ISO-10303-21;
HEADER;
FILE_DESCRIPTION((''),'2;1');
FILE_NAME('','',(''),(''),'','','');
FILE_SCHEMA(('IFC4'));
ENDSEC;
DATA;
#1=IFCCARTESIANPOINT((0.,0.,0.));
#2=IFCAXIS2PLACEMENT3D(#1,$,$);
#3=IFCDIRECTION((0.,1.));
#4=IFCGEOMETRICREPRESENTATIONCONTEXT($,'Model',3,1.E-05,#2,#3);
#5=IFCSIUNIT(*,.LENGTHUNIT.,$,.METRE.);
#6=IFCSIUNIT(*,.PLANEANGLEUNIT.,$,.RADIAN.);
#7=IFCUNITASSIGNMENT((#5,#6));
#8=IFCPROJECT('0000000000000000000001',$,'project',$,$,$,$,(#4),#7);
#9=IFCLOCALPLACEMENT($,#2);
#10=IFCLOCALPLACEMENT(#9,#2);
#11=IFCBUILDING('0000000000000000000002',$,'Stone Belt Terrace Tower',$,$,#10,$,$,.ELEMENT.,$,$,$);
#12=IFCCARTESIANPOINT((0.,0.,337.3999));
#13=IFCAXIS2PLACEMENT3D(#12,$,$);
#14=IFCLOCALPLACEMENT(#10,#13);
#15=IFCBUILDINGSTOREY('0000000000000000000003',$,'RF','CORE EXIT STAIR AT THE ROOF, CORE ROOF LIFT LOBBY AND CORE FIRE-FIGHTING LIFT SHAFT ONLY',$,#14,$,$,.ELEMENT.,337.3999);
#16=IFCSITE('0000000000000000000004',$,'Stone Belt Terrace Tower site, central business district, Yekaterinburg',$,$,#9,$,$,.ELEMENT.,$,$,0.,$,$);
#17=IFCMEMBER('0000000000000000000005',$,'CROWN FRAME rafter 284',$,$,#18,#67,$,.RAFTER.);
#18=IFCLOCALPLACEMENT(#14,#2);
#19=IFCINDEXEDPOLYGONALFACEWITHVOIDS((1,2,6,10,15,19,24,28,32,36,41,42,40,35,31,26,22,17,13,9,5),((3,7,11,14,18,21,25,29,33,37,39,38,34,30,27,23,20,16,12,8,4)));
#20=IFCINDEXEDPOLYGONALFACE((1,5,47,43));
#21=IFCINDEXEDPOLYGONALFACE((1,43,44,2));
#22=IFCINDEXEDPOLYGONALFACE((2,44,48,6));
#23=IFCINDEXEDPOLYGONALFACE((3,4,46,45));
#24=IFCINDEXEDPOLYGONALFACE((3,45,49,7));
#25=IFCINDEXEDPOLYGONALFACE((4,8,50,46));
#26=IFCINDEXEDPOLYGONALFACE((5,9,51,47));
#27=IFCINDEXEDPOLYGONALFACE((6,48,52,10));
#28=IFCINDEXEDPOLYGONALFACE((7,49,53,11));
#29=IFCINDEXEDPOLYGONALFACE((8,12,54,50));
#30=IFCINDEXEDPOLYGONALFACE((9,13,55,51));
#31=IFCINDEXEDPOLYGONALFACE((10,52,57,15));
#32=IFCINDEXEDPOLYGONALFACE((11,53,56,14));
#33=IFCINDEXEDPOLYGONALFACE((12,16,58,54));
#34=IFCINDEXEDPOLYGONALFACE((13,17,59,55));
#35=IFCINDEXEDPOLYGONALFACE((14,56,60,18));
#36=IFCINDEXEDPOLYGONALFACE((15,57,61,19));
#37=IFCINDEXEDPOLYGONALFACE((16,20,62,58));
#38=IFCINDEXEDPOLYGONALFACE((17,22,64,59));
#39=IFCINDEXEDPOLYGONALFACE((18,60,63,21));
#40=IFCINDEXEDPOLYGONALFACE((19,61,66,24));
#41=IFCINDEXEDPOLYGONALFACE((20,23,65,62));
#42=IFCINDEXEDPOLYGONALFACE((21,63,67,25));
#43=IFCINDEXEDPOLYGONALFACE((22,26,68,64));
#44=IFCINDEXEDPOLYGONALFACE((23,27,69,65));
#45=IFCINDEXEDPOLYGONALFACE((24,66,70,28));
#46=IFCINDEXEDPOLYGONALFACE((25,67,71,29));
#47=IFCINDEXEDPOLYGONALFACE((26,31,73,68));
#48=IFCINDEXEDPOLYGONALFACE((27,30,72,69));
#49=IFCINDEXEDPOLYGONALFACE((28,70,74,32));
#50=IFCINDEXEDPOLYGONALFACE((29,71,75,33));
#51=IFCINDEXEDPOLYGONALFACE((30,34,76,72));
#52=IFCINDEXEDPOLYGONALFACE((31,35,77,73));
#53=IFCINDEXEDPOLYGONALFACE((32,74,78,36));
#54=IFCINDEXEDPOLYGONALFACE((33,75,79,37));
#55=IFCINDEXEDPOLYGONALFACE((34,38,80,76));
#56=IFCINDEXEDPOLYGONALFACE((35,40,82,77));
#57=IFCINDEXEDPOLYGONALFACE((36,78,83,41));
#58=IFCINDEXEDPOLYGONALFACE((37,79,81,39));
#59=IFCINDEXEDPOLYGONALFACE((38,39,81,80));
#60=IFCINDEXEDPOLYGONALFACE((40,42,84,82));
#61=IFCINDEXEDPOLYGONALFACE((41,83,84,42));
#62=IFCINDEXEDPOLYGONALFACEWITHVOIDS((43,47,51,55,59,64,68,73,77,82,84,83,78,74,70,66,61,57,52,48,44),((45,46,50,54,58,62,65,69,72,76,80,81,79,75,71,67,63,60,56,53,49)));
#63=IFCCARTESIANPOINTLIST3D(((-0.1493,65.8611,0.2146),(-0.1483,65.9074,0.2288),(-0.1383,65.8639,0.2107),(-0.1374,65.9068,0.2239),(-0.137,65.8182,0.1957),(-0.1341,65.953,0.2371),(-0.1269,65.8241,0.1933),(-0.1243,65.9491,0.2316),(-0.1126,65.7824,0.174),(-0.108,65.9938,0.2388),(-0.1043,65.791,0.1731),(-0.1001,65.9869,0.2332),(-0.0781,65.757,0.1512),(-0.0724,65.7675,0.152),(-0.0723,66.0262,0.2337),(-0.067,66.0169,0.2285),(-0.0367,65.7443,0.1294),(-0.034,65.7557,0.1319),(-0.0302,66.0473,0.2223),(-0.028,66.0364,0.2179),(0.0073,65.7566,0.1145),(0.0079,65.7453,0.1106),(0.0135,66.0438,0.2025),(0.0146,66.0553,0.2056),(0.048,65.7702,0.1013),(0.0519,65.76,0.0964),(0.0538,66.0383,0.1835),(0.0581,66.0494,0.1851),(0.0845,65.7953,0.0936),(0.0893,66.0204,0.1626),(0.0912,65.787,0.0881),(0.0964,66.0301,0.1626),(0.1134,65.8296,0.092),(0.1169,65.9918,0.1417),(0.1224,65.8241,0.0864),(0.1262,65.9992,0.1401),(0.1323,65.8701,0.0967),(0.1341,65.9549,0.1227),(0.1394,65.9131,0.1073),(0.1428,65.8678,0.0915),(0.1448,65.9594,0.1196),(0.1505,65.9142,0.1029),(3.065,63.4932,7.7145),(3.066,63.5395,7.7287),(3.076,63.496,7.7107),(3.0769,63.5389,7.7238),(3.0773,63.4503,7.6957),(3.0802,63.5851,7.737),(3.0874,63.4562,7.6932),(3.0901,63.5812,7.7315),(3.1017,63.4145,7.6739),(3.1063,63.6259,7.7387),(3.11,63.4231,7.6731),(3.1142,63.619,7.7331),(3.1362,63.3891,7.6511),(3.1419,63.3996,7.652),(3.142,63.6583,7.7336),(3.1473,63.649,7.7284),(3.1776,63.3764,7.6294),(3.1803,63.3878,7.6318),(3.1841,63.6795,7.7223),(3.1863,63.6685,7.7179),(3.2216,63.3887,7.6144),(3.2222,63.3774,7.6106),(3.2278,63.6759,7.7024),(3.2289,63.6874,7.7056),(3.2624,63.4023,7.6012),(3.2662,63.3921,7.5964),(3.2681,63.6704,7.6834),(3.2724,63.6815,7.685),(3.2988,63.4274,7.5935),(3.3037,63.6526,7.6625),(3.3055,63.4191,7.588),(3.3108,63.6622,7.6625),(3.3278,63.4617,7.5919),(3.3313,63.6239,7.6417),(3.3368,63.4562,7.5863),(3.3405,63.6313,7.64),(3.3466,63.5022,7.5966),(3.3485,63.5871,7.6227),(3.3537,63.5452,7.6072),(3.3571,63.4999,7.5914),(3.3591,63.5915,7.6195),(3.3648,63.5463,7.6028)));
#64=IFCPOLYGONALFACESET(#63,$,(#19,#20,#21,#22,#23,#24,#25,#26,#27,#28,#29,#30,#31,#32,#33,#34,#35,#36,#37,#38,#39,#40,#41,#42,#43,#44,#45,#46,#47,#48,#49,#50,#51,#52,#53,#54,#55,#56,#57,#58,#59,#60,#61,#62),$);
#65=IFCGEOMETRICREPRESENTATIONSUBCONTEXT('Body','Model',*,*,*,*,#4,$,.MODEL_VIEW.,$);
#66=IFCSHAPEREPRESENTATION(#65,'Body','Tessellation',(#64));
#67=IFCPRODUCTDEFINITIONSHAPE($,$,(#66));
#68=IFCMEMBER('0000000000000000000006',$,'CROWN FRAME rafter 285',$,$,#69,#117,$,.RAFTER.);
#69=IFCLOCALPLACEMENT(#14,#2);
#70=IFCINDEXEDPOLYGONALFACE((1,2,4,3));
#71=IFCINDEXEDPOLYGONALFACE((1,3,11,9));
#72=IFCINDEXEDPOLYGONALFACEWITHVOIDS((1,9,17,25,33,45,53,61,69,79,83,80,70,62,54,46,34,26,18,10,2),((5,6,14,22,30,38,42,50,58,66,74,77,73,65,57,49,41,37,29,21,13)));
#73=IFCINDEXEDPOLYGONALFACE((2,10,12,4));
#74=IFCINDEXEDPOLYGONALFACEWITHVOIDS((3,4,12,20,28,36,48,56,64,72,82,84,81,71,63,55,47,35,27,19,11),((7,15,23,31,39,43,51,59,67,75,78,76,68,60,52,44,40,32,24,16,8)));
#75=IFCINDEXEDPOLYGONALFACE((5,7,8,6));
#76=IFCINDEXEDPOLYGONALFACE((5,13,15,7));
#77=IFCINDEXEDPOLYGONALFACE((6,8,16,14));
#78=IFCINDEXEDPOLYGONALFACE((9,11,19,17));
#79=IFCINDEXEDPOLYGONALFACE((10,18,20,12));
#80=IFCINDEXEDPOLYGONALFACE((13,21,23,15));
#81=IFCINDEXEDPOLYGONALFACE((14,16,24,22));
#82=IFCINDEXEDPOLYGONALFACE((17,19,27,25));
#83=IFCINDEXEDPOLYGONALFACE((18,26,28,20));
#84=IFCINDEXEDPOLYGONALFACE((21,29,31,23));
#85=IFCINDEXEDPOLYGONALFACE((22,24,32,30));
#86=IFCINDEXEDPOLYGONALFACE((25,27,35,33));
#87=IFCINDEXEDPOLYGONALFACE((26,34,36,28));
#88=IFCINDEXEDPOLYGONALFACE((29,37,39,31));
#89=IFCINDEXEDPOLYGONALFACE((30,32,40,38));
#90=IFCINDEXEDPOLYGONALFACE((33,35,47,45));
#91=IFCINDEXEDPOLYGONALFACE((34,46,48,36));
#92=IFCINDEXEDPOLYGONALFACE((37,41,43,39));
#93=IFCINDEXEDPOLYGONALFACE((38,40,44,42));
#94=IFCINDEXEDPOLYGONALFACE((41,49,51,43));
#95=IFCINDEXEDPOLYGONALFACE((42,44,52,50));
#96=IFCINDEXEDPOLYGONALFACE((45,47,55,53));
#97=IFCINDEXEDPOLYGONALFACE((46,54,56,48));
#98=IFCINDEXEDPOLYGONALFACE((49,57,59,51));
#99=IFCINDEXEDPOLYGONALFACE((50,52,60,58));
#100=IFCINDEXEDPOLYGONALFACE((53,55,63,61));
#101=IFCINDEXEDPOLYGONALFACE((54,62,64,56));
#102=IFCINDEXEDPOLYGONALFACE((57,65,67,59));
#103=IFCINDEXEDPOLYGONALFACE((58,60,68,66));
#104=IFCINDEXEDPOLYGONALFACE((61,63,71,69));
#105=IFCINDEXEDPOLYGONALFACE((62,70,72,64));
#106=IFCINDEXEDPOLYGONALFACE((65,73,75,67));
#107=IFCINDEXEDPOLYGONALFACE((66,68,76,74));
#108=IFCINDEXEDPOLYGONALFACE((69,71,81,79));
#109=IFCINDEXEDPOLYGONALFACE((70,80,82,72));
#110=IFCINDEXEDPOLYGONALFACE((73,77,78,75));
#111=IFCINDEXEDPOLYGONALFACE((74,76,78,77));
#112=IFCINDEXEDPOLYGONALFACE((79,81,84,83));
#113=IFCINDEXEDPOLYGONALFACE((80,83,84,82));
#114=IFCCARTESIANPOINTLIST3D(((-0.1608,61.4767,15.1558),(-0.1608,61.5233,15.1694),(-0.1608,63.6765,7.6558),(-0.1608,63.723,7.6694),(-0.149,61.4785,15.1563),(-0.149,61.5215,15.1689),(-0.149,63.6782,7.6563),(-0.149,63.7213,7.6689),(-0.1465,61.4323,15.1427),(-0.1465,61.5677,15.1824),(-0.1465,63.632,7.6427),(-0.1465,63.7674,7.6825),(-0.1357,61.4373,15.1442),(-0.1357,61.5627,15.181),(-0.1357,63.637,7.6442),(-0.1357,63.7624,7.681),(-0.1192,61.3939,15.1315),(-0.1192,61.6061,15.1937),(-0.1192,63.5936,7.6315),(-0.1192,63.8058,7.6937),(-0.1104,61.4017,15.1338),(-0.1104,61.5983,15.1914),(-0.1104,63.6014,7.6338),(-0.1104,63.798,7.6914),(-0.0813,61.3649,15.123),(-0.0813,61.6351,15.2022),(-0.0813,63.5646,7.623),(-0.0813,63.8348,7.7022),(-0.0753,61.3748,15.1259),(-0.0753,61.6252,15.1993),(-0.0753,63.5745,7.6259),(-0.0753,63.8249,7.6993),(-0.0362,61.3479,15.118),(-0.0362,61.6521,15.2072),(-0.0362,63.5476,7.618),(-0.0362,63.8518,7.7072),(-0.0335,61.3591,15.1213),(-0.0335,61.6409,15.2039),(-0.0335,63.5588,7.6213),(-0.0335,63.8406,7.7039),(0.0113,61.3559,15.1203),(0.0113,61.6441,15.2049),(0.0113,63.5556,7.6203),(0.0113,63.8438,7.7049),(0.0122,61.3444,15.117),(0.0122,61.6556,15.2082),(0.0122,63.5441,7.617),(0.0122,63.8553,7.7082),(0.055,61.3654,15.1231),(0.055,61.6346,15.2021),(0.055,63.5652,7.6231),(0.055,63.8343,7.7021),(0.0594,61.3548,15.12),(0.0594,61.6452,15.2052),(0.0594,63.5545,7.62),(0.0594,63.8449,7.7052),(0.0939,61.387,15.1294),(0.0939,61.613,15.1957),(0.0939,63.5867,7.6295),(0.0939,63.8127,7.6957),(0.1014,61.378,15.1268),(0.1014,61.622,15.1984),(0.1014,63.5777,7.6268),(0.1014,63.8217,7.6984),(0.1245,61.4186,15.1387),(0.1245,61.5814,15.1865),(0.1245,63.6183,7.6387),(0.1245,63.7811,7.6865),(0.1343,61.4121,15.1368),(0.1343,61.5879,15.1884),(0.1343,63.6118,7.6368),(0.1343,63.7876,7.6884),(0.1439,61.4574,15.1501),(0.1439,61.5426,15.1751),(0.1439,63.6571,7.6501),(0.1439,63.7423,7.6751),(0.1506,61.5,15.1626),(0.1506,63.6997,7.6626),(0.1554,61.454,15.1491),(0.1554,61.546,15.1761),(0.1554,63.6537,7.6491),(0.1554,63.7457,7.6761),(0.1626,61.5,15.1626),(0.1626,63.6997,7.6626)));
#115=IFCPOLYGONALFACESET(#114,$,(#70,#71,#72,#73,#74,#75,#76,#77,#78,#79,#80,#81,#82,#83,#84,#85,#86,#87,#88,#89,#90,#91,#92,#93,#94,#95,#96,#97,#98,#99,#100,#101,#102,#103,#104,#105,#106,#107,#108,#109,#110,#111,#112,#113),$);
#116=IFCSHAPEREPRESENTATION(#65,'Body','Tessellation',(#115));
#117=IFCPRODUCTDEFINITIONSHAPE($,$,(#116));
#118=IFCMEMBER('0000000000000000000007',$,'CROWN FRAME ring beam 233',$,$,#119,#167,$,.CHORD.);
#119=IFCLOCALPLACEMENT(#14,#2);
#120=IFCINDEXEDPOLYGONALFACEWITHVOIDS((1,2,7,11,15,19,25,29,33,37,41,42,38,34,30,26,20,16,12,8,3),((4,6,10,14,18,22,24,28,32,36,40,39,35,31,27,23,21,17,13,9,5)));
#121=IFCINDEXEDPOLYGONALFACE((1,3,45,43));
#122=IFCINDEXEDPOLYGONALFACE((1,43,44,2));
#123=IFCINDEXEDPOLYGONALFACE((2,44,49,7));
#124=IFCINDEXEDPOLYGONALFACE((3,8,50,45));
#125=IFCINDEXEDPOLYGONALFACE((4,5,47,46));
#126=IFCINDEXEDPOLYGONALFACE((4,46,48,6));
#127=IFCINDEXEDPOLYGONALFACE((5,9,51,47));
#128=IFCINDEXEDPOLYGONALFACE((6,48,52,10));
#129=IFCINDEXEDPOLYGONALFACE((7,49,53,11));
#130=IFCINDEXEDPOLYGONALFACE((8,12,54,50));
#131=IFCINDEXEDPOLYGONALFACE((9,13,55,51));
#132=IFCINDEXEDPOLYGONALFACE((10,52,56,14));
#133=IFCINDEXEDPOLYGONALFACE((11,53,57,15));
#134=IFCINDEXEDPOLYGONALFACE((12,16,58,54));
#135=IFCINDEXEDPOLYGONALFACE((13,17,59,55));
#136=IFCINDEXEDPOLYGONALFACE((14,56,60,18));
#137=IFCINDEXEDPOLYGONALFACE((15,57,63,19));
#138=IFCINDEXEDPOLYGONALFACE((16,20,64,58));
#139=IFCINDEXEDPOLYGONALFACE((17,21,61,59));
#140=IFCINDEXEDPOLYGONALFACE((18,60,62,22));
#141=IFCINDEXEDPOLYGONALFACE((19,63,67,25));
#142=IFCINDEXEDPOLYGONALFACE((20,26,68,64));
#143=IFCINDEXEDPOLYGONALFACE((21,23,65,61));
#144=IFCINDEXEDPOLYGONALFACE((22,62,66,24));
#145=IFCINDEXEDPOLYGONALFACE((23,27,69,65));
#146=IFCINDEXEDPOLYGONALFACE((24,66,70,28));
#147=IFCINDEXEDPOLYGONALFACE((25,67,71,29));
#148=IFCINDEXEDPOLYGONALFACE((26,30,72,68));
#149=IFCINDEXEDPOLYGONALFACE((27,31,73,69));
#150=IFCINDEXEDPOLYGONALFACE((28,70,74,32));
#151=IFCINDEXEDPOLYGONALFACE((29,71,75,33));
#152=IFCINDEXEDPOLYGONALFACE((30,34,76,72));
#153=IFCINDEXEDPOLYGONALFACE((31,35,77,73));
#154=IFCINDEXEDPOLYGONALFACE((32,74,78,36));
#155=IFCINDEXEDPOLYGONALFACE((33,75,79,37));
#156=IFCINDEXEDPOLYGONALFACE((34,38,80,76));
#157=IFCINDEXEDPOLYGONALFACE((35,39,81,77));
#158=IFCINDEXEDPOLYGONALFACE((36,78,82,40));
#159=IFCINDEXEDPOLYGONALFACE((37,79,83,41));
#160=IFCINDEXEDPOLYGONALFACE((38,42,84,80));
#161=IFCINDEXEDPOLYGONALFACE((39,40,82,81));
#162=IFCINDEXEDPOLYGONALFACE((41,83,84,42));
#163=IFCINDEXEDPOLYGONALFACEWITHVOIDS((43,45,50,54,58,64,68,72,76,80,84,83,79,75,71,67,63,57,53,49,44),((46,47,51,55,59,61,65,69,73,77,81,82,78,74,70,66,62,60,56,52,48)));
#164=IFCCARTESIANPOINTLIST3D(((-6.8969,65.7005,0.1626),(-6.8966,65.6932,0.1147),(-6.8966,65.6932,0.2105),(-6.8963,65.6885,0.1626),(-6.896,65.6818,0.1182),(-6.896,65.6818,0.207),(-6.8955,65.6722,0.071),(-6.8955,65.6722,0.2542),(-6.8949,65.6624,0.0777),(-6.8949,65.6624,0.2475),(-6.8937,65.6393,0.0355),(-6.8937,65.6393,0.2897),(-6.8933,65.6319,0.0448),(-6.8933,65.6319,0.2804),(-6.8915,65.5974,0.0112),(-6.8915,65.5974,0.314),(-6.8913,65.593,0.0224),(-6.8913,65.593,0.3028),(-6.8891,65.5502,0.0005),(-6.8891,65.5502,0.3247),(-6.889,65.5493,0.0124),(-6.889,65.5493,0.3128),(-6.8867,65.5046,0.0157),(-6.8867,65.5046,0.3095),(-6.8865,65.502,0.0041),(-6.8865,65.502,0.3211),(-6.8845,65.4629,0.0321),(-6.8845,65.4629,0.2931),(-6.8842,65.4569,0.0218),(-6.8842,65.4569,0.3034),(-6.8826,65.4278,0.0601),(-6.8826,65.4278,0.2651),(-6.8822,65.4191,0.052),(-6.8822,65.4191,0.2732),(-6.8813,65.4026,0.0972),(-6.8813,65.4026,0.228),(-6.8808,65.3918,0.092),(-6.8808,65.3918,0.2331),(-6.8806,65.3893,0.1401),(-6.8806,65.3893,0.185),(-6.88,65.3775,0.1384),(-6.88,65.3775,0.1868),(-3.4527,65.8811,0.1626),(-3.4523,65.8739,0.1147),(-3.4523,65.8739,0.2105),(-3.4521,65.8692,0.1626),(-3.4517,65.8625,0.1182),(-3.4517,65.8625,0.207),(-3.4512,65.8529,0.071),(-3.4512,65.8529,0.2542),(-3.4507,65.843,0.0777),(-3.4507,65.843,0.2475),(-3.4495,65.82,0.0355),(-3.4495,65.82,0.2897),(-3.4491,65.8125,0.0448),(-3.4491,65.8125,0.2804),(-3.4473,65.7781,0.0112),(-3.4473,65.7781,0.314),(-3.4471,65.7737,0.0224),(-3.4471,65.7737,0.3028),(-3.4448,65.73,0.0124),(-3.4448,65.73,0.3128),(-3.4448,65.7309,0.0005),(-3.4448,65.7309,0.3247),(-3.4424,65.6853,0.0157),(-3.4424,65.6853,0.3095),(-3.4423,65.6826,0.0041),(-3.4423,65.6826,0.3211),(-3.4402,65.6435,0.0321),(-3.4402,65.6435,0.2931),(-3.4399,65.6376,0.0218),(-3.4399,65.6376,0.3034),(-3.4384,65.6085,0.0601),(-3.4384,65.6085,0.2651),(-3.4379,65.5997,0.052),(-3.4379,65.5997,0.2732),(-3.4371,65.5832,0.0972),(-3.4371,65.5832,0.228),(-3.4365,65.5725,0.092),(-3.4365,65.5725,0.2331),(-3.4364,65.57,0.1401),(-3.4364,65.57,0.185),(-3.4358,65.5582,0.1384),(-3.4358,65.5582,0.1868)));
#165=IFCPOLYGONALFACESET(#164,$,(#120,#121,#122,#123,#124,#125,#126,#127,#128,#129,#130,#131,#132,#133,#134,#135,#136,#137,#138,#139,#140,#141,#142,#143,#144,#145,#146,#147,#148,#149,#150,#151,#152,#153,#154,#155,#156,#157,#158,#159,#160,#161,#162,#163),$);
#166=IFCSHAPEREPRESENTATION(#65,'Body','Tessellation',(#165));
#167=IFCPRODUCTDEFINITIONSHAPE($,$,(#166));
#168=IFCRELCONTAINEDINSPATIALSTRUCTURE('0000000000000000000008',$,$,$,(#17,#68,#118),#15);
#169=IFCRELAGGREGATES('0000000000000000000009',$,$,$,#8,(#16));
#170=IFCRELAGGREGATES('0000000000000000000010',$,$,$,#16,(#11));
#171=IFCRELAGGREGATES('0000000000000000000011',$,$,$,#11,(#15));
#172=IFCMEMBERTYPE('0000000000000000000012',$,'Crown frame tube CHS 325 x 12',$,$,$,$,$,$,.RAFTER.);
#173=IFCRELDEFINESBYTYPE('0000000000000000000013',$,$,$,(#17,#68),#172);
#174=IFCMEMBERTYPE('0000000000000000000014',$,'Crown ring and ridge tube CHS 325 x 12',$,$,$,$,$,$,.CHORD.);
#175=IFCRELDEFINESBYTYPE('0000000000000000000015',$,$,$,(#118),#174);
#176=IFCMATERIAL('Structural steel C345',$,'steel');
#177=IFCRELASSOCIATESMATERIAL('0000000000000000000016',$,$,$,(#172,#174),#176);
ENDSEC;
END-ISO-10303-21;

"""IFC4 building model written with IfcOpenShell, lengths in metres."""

from ifc_helpers import new_model, si_unit, direction, frame, origin, origin_2d, place, context, subcontext, project, spatial, hollow_circle, extrude, material, material_profile, profile_set, type_object, element, save


model = new_model("IFC4")

# Units and contexts
model_context = context("Model", 3, precision=1e-05, world=origin(), true_north=direction((0.0, 1.0)))
body_context = subcontext(model_context, "Body", "Model", "MODEL_VIEW")
ifc_project = project(units=[si_unit("LENGTHUNIT", "METRE"), si_unit("PLANEANGLEUNIT", "RADIAN")], contexts=[model_context])

# Site, building, storey
site_placement = place(None, origin())
site = spatial("IfcSite", under=ifc_project, at=site_placement, Name="Stone Belt Terrace Tower site, central business district, Yekaterinburg", CompositionType="ELEMENT", RefElevation=0.0)
building_placement = place(site_placement, origin())
building = spatial("IfcBuilding", under=site, at=building_placement, Name="Stone Belt Terrace Tower", CompositionType="ELEMENT")
storey_placement = place(building_placement, frame((0.0, 0.0, 337.3999)))
storey = spatial("IfcBuildingStorey", under=building, at=storey_placement, Name="RF", Description="CORE EXIT STAIR AT THE ROOF, CORE ROOF LIFT LOBBY AND CORE FIRE-FIGHTING LIFT SHAFT ONLY", CompositionType="ELEMENT", Elevation=337.3999)

# Members
ifc_material_1 = material(Name="Structural steel C345", Category="steel")
ifc_material_profile_1 = material_profile(ifc_material_1, hollow_circle(Radius=0.1626, WallThickness=0.012, at=origin_2d()), Name="Structural steel C345 CHS 325x12")
ifc_profile_set_1 = profile_set([ifc_material_profile_1], Name="Structural steel C345")
member_type_1 = type_object("IfcMemberType", Name="Crown frame tube CHS 325 x 12", PredefinedType="RAFTER", material=ifc_profile_set_1)
member_1_placement = place(storey_placement, frame((0.0, 65.8992, 0.1626), z_axis=(0.378319, -0.278696, 0.882725), x_axis=(0.593109, 0.805122, 0.0)))
element("IfcMember", 1, at=member_1_placement, inside=storey, type_object=member_type_1, Name="CROWN FRAME rafter 284", PredefinedType="RAFTER", context=body_context, shape_type="SweptSolid", body=[
    extrude(hollow_circle(Radius=0.1626, WallThickness=0.012, at=origin_2d()), origin(), (0.0, 0.0, 1.0), 8.4963),
])
member_2_placement = place(storey_placement, frame((0.0, 63.6997, 7.6626), z_axis=(0.0, -0.281439, 0.959579), x_axis=(1.0, 0.0, 0.0)))
element("IfcMember", 2, at=member_2_placement, inside=storey, type_object=member_type_1, Name="CROWN FRAME rafter 285", PredefinedType="RAFTER", context=body_context, shape_type="SweptSolid", body=[
    extrude(hollow_circle(Radius=0.1626, WallThickness=0.012, at=origin_2d()), origin(), (0.0, 0.0, 1.0), 7.8159),
])
ifc_material_profile_2 = material_profile(ifc_material_1, hollow_circle(Radius=0.1626, WallThickness=0.012, at=origin_2d()), Name="Structural steel C345 CHS 325x12")
ifc_profile_set_2 = profile_set([ifc_material_profile_2], Name="Structural steel C345")
member_type_2 = type_object("IfcMemberType", Name="Crown ring and ridge tube CHS 325 x 12", PredefinedType="CHORD", material=ifc_profile_set_2)
member_3_placement = place(storey_placement, frame((-6.8884, 65.5381, 0.1626), z_axis=(0.998627, 0.052381, 0.0), x_axis=(-0.052381, 0.998627, 0.0)))
element("IfcMember", 3, at=member_3_placement, inside=storey, type_object=member_type_2, Name="CROWN FRAME ring beam 233", PredefinedType="CHORD", context=body_context, shape_type="SweptSolid", body=[
    extrude(hollow_circle(Radius=0.1626, WallThickness=0.012, at=origin_2d()), origin(), (0.0, 0.0, 1.0), 3.449),
])

save(model, "model.ifc")
